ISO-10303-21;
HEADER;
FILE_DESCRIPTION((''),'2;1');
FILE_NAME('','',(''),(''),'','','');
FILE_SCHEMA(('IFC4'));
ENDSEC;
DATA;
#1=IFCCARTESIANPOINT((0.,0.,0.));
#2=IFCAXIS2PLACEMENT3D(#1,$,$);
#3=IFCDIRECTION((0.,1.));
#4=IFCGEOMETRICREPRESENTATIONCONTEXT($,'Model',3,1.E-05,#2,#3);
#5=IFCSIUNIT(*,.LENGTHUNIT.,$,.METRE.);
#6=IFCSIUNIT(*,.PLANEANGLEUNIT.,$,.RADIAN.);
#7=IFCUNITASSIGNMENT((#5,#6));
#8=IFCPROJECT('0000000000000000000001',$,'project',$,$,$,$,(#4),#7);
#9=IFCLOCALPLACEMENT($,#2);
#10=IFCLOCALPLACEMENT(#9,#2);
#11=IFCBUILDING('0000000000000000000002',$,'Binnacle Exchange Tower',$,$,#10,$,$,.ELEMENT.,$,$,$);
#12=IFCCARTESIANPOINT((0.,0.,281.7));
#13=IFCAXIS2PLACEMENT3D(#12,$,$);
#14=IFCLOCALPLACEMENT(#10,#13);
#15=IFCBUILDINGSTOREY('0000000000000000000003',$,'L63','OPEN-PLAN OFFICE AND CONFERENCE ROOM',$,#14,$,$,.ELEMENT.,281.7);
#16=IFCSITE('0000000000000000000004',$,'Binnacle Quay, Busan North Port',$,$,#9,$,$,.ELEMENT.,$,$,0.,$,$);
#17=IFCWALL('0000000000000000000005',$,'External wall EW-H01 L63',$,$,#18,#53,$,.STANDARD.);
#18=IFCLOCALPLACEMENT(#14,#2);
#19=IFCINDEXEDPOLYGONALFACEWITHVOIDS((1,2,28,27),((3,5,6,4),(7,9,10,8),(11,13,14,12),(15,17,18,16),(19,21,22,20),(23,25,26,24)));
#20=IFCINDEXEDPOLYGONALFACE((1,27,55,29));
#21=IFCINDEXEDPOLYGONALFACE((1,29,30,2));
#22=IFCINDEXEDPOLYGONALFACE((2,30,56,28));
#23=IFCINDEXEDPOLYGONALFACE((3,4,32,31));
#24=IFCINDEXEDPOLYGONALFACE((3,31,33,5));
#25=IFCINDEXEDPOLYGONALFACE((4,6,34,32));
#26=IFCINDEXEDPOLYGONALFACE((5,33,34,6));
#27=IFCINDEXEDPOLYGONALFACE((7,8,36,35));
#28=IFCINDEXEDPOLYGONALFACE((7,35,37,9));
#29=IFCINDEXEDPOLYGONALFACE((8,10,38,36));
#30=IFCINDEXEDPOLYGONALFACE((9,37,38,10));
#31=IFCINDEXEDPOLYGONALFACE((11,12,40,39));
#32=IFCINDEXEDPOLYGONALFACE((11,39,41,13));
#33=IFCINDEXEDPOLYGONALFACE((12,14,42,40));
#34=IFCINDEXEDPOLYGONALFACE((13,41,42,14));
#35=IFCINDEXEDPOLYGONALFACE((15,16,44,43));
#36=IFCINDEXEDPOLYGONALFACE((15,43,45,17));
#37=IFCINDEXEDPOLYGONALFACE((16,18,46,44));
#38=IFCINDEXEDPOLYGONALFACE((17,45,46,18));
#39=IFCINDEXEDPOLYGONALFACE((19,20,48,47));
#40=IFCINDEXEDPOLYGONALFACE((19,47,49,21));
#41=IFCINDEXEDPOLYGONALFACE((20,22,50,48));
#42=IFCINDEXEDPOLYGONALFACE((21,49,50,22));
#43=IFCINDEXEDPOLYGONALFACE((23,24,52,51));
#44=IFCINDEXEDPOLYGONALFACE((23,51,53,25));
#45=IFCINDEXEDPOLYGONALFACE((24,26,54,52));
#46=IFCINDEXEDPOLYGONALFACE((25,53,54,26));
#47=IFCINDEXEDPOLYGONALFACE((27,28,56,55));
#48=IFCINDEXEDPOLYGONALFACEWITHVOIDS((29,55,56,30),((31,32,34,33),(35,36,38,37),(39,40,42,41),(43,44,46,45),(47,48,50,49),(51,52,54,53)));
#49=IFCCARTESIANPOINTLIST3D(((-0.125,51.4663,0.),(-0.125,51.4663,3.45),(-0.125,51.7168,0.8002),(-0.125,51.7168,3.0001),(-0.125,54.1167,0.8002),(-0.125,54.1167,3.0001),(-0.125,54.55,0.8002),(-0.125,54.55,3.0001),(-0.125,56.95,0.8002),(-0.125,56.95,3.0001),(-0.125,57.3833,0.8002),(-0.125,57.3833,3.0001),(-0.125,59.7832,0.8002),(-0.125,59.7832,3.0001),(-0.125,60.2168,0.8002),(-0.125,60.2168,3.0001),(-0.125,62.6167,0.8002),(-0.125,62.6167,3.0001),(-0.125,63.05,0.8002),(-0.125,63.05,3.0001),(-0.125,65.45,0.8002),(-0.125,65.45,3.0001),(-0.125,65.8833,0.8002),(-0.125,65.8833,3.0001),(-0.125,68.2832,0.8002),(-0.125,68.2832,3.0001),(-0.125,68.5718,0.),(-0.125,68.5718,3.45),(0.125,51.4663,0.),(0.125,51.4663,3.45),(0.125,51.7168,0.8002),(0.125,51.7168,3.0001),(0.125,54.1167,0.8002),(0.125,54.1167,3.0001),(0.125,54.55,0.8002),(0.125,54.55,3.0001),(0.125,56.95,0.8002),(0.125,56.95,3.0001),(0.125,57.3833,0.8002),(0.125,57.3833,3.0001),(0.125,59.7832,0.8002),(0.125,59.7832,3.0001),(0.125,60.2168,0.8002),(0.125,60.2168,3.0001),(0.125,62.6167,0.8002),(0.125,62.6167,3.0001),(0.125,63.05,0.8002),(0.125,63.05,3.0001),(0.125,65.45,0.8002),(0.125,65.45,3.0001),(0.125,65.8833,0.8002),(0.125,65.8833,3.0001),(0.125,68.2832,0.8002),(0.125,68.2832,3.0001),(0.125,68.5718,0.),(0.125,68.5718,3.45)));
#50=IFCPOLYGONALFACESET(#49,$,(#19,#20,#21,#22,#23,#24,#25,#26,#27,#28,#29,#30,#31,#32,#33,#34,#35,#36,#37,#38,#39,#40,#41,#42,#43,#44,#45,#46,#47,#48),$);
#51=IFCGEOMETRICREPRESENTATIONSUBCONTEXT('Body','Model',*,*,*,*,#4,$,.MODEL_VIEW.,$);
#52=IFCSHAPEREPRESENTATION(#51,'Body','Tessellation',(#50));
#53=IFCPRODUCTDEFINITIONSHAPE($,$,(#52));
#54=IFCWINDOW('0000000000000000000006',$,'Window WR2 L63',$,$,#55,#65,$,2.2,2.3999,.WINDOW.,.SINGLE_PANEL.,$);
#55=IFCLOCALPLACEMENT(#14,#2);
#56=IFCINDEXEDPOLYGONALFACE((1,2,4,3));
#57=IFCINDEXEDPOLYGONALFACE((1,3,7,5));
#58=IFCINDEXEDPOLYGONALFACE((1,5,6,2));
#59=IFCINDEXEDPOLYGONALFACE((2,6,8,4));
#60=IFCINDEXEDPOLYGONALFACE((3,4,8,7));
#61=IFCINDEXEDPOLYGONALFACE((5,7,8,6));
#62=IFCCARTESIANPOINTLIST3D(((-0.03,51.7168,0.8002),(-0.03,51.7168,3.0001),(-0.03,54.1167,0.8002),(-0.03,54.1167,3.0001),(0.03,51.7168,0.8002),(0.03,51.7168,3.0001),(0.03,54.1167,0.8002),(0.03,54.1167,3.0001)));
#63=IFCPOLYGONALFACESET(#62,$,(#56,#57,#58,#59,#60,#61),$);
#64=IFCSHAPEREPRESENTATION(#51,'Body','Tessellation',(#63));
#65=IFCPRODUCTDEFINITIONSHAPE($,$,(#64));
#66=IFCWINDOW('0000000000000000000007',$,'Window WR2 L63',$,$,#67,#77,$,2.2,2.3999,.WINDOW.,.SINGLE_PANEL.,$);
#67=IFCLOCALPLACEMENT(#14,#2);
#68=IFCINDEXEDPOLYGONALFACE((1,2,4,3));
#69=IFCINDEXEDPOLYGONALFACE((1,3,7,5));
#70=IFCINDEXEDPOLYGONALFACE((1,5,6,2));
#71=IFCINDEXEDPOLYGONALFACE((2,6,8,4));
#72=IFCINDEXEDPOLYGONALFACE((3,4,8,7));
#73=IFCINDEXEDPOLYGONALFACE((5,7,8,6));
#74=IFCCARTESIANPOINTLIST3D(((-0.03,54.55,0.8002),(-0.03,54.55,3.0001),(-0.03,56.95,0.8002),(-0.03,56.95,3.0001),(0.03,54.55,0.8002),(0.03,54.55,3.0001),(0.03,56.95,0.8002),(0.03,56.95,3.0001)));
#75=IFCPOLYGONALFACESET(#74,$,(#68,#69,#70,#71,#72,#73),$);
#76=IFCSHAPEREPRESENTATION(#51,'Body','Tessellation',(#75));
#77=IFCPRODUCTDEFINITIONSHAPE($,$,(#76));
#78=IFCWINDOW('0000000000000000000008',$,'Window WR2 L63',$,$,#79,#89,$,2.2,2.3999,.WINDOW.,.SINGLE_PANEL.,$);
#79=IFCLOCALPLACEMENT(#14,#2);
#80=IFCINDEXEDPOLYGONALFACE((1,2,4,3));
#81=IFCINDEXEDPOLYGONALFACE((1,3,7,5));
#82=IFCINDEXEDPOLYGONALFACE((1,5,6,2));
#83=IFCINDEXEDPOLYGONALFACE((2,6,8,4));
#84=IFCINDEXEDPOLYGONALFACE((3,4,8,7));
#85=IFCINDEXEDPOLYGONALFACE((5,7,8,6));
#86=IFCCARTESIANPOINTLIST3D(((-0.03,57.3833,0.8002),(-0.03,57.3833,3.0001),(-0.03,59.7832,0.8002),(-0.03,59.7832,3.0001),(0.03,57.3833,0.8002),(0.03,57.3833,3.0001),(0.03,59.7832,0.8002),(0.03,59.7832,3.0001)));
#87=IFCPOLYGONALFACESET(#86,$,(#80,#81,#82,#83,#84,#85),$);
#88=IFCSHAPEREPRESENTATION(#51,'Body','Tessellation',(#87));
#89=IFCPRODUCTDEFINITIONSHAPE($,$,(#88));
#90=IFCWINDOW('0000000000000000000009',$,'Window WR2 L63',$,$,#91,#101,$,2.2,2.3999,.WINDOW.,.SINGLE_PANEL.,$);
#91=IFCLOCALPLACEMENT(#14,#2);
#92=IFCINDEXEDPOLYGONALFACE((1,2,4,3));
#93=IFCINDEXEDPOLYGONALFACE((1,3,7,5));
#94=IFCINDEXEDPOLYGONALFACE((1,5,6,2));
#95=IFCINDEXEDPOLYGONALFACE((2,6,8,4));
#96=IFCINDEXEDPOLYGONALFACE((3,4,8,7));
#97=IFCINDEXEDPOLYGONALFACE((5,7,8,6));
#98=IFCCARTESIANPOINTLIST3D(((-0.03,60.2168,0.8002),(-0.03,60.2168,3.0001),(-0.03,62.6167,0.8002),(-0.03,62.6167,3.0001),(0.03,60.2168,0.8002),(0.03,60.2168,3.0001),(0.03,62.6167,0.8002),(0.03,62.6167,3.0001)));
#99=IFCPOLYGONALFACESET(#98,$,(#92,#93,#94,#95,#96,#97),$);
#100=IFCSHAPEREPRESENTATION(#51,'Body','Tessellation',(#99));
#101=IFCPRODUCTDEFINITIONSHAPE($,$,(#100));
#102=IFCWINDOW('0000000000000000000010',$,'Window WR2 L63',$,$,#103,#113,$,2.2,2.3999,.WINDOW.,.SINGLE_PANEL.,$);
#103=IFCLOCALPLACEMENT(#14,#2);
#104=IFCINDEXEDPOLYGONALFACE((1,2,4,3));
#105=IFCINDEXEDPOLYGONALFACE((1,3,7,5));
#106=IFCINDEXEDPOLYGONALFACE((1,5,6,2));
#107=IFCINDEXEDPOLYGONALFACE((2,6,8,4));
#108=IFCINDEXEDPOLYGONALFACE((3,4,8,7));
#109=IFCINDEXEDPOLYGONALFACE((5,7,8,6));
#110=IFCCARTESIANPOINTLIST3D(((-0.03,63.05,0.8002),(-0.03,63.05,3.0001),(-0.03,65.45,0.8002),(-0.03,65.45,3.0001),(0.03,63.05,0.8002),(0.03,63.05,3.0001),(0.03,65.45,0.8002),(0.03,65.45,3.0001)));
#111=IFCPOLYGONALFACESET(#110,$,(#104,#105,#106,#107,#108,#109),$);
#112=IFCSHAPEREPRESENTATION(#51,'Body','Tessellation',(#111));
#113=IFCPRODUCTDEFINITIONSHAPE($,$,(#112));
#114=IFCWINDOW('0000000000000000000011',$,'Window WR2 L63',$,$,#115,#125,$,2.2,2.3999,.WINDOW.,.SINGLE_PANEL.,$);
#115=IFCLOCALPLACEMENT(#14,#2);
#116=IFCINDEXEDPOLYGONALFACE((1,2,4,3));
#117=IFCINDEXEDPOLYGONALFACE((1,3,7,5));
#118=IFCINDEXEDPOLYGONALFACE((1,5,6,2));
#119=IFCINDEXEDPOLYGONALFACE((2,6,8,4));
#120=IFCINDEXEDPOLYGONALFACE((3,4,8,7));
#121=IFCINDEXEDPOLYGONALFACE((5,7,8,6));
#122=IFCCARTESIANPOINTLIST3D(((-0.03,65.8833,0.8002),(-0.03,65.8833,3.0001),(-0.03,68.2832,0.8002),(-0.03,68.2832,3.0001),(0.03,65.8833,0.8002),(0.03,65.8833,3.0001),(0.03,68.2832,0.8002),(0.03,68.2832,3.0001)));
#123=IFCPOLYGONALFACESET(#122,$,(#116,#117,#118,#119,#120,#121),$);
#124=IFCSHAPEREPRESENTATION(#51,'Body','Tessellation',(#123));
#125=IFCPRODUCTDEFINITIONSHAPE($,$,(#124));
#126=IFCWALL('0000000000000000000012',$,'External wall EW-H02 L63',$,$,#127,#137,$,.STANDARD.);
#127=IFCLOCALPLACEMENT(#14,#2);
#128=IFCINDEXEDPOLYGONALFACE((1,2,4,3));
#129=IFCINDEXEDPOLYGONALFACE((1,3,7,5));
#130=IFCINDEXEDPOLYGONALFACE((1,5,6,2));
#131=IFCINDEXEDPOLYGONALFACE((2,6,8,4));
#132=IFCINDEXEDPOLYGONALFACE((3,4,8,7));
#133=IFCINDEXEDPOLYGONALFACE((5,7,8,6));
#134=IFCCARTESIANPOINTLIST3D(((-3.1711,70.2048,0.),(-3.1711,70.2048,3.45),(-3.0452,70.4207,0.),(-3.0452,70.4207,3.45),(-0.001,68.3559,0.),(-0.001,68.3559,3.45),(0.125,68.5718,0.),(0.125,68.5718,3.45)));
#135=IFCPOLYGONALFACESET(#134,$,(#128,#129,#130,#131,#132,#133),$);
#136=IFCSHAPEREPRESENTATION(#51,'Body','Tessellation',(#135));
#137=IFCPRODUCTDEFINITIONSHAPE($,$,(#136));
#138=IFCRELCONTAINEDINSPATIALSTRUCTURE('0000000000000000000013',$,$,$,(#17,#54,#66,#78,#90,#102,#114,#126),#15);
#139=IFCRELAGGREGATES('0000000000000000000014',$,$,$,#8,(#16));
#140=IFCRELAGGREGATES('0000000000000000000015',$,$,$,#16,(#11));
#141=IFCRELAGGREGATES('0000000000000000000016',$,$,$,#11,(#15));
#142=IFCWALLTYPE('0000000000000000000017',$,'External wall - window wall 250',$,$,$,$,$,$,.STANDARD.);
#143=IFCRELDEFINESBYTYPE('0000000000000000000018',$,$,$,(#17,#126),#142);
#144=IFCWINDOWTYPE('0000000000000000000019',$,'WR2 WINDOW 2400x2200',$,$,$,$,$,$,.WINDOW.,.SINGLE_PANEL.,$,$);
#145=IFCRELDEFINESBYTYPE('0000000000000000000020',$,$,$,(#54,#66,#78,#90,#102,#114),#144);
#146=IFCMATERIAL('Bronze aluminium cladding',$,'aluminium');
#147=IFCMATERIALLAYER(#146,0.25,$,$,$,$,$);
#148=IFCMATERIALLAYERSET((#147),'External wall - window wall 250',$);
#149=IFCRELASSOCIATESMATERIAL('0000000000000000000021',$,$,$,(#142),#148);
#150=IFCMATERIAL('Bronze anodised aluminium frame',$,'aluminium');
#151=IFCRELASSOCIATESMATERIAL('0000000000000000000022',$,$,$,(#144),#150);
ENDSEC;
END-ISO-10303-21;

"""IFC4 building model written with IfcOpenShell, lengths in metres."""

from ifc_helpers import new_model, si_unit, direction, frame, frame_2d, origin, place, context, subcontext, project, spatial, rectangle, extrude, material, layer, layer_set, type_object, element, fill, save


model = new_model("IFC4")

# Units and contexts
model_context = context("Model", 3, precision=1e-05, world=origin(), true_north=direction((0.0, 1.0)))
body_context = subcontext(model_context, "Body", "Model", "MODEL_VIEW")
ifc_project = project(units=[si_unit("LENGTHUNIT", "METRE"), si_unit("PLANEANGLEUNIT", "RADIAN")], contexts=[model_context])

# Site, building, storey
site_placement = place(None, origin())
site = spatial("IfcSite", under=ifc_project, at=site_placement, Name="Binnacle Quay, Busan North Port", CompositionType="ELEMENT", RefElevation=0.0)
building_placement = place(site_placement, origin())
building = spatial("IfcBuilding", under=site, at=building_placement, Name="Binnacle Exchange Tower", CompositionType="ELEMENT")
storey_placement = place(building_placement, frame((0.0, 0.0, 281.7)))
storey = spatial("IfcBuildingStorey", under=building, at=storey_placement, Name="L63", Description="OPEN-PLAN OFFICE AND CONFERENCE ROOM", CompositionType="ELEMENT", Elevation=281.7)

# Wall, openings, windows
ifc_material_1 = material(Name="Bronze aluminium cladding", Category="aluminium")
ifc_layer_1 = layer(ifc_material_1, 0.25)
ifc_layer_set_1 = layer_set([ifc_layer_1], Name="External wall - window wall 250")
wall_type_1 = type_object("IfcWallType", Name="External wall - window wall 250", PredefinedType="STANDARD", material=ifc_layer_set_1)
wall_1_placement = place(storey_placement, frame((0.0, 68.5718, 0.0), z_axis=(0.0, 0.0, 1.0), x_axis=(0.0, -1.0, 0.0)))
wall_1 = element("IfcWall", 1, at=wall_1_placement, inside=storey, type_object=wall_type_1, Name="External wall EW-H01 L63", PredefinedType="STANDARD", context=body_context, shape_type="SweptSolid", body=[
    extrude(rectangle(XDim=17.1055, YDim=0.25, at=frame_2d((8.5527, 0.0))), origin(), (0.0, 0.0, 1.0), 3.45),
])
opening_1_placement = place(wall_1_placement, frame((14.4551, 0.0, 0.8)))
opening_1 = element("IfcOpeningElement", 2, at=opening_1_placement, cuts=wall_1, PredefinedType="OPENING", context=body_context, shape_type="SweptSolid", body=[
    extrude(rectangle(XDim=2.3999, YDim=2.2, at=frame_2d((1.2, 1.1001))), frame((0.0, 0.135, 0.0), z_axis=(0.0, -1.0, 0.0), x_axis=(1.0, 0.0, 0.0)), (0.0, 0.0, 1.0), 0.27),
])
opening_2_placement = place(wall_1_placement, frame((11.6218, 0.0, 0.8)))
opening_2 = element("IfcOpeningElement", 3, at=opening_2_placement, cuts=wall_1, PredefinedType="OPENING", context=body_context, shape_type="SweptSolid", body=[
    extrude(rectangle(XDim=2.3999, YDim=2.2, at=frame_2d((1.2, 1.1001))), frame((0.0, 0.135, 0.0), z_axis=(0.0, -1.0, 0.0), x_axis=(1.0, 0.0, 0.0)), (0.0, 0.0, 1.0), 0.27),
])
opening_3_placement = place(wall_1_placement, frame((8.7886, 0.0, 0.8)))
opening_3 = element("IfcOpeningElement", 4, at=opening_3_placement, cuts=wall_1, PredefinedType="OPENING", context=body_context, shape_type="SweptSolid", body=[
    extrude(rectangle(XDim=2.3999, YDim=2.2, at=frame_2d((1.2, 1.1001))), frame((0.0, 0.135, 0.0), z_axis=(0.0, -1.0, 0.0), x_axis=(1.0, 0.0, 0.0)), (0.0, 0.0, 1.0), 0.27),
])
opening_4_placement = place(wall_1_placement, frame((5.9551, 0.0, 0.8)))
opening_4 = element("IfcOpeningElement", 5, at=opening_4_placement, cuts=wall_1, PredefinedType="OPENING", context=body_context, shape_type="SweptSolid", body=[
    extrude(rectangle(XDim=2.3999, YDim=2.2, at=frame_2d((1.2, 1.1001))), frame((0.0, 0.135, 0.0), z_axis=(0.0, -1.0, 0.0), x_axis=(1.0, 0.0, 0.0)), (0.0, 0.0, 1.0), 0.27),
])
opening_5_placement = place(wall_1_placement, frame((3.1218, 0.0, 0.8)))
opening_5 = element("IfcOpeningElement", 6, at=opening_5_placement, cuts=wall_1, PredefinedType="OPENING", context=body_context, shape_type="SweptSolid", body=[
    extrude(rectangle(XDim=2.3999, YDim=2.2, at=frame_2d((1.2, 1.1001))), frame((0.0, 0.135, 0.0), z_axis=(0.0, -1.0, 0.0), x_axis=(1.0, 0.0, 0.0)), (0.0, 0.0, 1.0), 0.27),
])
opening_6_placement = place(wall_1_placement, frame((0.2886, 0.0, 0.8)))
opening_6 = element("IfcOpeningElement", 7, at=opening_6_placement, cuts=wall_1, PredefinedType="OPENING", context=body_context, shape_type="SweptSolid", body=[
    extrude(rectangle(XDim=2.3999, YDim=2.2, at=frame_2d((1.2, 1.1001))), frame((0.0, 0.135, 0.0), z_axis=(0.0, -1.0, 0.0), x_axis=(1.0, 0.0, 0.0)), (0.0, 0.0, 1.0), 0.27),
])
ifc_material_2 = material(Name="Bronze anodised aluminium frame", Category="aluminium")
window_type = type_object("IfcWindowType", Name="WR2 WINDOW 2400x2200", PartitioningType="SINGLE_PANEL", PredefinedType="WINDOW", material=ifc_material_2)
window_1_placement = place(opening_1_placement, origin())
window_1 = element("IfcWindow", 8, at=window_1_placement, inside=storey, type_object=window_type, Name="Window WR2 L63", OverallHeight=2.2, OverallWidth=2.3999, PartitioningType="SINGLE_PANEL", PredefinedType="WINDOW", context=body_context, shape_type="SweptSolid", body=[
    extrude(rectangle(XDim=2.3999, YDim=2.2, at=frame_2d((1.2, 1.1001))), frame((0.0, 0.03, 0.0), z_axis=(0.0, -1.0, 0.0), x_axis=(1.0, 0.0, 0.0)), (0.0, 0.0, 1.0), 0.0601),
])
fill(opening_1, window_1)
window_2_placement = place(opening_2_placement, origin())
window_2 = element("IfcWindow", 9, at=window_2_placement, inside=storey, type_object=window_type, Name="Window WR2 L63", OverallHeight=2.2, OverallWidth=2.3999, PartitioningType="SINGLE_PANEL", PredefinedType="WINDOW", context=body_context, shape_type="SweptSolid", body=[
    extrude(rectangle(XDim=2.3999, YDim=2.2, at=frame_2d((1.2, 1.1001))), frame((0.0, 0.03, 0.0), z_axis=(0.0, -1.0, 0.0), x_axis=(1.0, 0.0, 0.0)), (0.0, 0.0, 1.0), 0.0601),
])
fill(opening_2, window_2)
window_3_placement = place(opening_3_placement, origin())
window_3 = element("IfcWindow", 10, at=window_3_placement, inside=storey, type_object=window_type, Name="Window WR2 L63", OverallHeight=2.2, OverallWidth=2.3999, PartitioningType="SINGLE_PANEL", PredefinedType="WINDOW", context=body_context, shape_type="SweptSolid", body=[
    extrude(rectangle(XDim=2.3999, YDim=2.2, at=frame_2d((1.2, 1.1001))), frame((0.0, 0.03, 0.0), z_axis=(0.0, -1.0, 0.0), x_axis=(1.0, 0.0, 0.0)), (0.0, 0.0, 1.0), 0.0601),
])
fill(opening_3, window_3)
window_4_placement = place(opening_4_placement, origin())
window_4 = element("IfcWindow", 11, at=window_4_placement, inside=storey, type_object=window_type, Name="Window WR2 L63", OverallHeight=2.2, OverallWidth=2.3999, PartitioningType="SINGLE_PANEL", PredefinedType="WINDOW", context=body_context, shape_type="SweptSolid", body=[
    extrude(rectangle(XDim=2.3999, YDim=2.2, at=frame_2d((1.2, 1.1001))), frame((0.0, 0.03, 0.0), z_axis=(0.0, -1.0, 0.0), x_axis=(1.0, 0.0, 0.0)), (0.0, 0.0, 1.0), 0.0601),
])
fill(opening_4, window_4)
window_5_placement = place(opening_5_placement, origin())
window_5 = element("IfcWindow", 12, at=window_5_placement, inside=storey, type_object=window_type, Name="Window WR2 L63", OverallHeight=2.2, OverallWidth=2.3999, PartitioningType="SINGLE_PANEL", PredefinedType="WINDOW", context=body_context, shape_type="SweptSolid", body=[
    extrude(rectangle(XDim=2.3999, YDim=2.2, at=frame_2d((1.2, 1.1001))), frame((0.0, 0.03, 0.0), z_axis=(0.0, -1.0, 0.0), x_axis=(1.0, 0.0, 0.0)), (0.0, 0.0, 1.0), 0.0601),
])
fill(opening_5, window_5)
window_6_placement = place(opening_6_placement, origin())
window_6 = element("IfcWindow", 13, at=window_6_placement, inside=storey, type_object=window_type, Name="Window WR2 L63", OverallHeight=2.2, OverallWidth=2.3999, PartitioningType="SINGLE_PANEL", PredefinedType="WINDOW", context=body_context, shape_type="SweptSolid", body=[
    extrude(rectangle(XDim=2.3999, YDim=2.2, at=frame_2d((1.2, 1.1001))), frame((0.0, 0.03, 0.0), z_axis=(0.0, -1.0, 0.0), x_axis=(1.0, 0.0, 0.0)), (0.0, 0.0, 1.0), 0.0601),
])
fill(opening_6, window_6)

# Wall
wall_2_placement = place(storey_placement, frame((-3.1082, 70.3127, 0.0), z_axis=(0.0, 0.0, 1.0), x_axis=(0.863825, -0.503792, 0.0)))
element("IfcWall", 14, at=wall_2_placement, inside=storey, type_object=wall_type_1, Name="External wall EW-H02 L63", PredefinedType="STANDARD", context=body_context, shape_type="SweptSolid", body=[
    extrude(rectangle(XDim=3.6699, YDim=0.25, at=frame_2d((1.835, 0.0))), origin(), (0.0, 0.0, 1.0), 3.45),
])

save(model, "model.ifc")
